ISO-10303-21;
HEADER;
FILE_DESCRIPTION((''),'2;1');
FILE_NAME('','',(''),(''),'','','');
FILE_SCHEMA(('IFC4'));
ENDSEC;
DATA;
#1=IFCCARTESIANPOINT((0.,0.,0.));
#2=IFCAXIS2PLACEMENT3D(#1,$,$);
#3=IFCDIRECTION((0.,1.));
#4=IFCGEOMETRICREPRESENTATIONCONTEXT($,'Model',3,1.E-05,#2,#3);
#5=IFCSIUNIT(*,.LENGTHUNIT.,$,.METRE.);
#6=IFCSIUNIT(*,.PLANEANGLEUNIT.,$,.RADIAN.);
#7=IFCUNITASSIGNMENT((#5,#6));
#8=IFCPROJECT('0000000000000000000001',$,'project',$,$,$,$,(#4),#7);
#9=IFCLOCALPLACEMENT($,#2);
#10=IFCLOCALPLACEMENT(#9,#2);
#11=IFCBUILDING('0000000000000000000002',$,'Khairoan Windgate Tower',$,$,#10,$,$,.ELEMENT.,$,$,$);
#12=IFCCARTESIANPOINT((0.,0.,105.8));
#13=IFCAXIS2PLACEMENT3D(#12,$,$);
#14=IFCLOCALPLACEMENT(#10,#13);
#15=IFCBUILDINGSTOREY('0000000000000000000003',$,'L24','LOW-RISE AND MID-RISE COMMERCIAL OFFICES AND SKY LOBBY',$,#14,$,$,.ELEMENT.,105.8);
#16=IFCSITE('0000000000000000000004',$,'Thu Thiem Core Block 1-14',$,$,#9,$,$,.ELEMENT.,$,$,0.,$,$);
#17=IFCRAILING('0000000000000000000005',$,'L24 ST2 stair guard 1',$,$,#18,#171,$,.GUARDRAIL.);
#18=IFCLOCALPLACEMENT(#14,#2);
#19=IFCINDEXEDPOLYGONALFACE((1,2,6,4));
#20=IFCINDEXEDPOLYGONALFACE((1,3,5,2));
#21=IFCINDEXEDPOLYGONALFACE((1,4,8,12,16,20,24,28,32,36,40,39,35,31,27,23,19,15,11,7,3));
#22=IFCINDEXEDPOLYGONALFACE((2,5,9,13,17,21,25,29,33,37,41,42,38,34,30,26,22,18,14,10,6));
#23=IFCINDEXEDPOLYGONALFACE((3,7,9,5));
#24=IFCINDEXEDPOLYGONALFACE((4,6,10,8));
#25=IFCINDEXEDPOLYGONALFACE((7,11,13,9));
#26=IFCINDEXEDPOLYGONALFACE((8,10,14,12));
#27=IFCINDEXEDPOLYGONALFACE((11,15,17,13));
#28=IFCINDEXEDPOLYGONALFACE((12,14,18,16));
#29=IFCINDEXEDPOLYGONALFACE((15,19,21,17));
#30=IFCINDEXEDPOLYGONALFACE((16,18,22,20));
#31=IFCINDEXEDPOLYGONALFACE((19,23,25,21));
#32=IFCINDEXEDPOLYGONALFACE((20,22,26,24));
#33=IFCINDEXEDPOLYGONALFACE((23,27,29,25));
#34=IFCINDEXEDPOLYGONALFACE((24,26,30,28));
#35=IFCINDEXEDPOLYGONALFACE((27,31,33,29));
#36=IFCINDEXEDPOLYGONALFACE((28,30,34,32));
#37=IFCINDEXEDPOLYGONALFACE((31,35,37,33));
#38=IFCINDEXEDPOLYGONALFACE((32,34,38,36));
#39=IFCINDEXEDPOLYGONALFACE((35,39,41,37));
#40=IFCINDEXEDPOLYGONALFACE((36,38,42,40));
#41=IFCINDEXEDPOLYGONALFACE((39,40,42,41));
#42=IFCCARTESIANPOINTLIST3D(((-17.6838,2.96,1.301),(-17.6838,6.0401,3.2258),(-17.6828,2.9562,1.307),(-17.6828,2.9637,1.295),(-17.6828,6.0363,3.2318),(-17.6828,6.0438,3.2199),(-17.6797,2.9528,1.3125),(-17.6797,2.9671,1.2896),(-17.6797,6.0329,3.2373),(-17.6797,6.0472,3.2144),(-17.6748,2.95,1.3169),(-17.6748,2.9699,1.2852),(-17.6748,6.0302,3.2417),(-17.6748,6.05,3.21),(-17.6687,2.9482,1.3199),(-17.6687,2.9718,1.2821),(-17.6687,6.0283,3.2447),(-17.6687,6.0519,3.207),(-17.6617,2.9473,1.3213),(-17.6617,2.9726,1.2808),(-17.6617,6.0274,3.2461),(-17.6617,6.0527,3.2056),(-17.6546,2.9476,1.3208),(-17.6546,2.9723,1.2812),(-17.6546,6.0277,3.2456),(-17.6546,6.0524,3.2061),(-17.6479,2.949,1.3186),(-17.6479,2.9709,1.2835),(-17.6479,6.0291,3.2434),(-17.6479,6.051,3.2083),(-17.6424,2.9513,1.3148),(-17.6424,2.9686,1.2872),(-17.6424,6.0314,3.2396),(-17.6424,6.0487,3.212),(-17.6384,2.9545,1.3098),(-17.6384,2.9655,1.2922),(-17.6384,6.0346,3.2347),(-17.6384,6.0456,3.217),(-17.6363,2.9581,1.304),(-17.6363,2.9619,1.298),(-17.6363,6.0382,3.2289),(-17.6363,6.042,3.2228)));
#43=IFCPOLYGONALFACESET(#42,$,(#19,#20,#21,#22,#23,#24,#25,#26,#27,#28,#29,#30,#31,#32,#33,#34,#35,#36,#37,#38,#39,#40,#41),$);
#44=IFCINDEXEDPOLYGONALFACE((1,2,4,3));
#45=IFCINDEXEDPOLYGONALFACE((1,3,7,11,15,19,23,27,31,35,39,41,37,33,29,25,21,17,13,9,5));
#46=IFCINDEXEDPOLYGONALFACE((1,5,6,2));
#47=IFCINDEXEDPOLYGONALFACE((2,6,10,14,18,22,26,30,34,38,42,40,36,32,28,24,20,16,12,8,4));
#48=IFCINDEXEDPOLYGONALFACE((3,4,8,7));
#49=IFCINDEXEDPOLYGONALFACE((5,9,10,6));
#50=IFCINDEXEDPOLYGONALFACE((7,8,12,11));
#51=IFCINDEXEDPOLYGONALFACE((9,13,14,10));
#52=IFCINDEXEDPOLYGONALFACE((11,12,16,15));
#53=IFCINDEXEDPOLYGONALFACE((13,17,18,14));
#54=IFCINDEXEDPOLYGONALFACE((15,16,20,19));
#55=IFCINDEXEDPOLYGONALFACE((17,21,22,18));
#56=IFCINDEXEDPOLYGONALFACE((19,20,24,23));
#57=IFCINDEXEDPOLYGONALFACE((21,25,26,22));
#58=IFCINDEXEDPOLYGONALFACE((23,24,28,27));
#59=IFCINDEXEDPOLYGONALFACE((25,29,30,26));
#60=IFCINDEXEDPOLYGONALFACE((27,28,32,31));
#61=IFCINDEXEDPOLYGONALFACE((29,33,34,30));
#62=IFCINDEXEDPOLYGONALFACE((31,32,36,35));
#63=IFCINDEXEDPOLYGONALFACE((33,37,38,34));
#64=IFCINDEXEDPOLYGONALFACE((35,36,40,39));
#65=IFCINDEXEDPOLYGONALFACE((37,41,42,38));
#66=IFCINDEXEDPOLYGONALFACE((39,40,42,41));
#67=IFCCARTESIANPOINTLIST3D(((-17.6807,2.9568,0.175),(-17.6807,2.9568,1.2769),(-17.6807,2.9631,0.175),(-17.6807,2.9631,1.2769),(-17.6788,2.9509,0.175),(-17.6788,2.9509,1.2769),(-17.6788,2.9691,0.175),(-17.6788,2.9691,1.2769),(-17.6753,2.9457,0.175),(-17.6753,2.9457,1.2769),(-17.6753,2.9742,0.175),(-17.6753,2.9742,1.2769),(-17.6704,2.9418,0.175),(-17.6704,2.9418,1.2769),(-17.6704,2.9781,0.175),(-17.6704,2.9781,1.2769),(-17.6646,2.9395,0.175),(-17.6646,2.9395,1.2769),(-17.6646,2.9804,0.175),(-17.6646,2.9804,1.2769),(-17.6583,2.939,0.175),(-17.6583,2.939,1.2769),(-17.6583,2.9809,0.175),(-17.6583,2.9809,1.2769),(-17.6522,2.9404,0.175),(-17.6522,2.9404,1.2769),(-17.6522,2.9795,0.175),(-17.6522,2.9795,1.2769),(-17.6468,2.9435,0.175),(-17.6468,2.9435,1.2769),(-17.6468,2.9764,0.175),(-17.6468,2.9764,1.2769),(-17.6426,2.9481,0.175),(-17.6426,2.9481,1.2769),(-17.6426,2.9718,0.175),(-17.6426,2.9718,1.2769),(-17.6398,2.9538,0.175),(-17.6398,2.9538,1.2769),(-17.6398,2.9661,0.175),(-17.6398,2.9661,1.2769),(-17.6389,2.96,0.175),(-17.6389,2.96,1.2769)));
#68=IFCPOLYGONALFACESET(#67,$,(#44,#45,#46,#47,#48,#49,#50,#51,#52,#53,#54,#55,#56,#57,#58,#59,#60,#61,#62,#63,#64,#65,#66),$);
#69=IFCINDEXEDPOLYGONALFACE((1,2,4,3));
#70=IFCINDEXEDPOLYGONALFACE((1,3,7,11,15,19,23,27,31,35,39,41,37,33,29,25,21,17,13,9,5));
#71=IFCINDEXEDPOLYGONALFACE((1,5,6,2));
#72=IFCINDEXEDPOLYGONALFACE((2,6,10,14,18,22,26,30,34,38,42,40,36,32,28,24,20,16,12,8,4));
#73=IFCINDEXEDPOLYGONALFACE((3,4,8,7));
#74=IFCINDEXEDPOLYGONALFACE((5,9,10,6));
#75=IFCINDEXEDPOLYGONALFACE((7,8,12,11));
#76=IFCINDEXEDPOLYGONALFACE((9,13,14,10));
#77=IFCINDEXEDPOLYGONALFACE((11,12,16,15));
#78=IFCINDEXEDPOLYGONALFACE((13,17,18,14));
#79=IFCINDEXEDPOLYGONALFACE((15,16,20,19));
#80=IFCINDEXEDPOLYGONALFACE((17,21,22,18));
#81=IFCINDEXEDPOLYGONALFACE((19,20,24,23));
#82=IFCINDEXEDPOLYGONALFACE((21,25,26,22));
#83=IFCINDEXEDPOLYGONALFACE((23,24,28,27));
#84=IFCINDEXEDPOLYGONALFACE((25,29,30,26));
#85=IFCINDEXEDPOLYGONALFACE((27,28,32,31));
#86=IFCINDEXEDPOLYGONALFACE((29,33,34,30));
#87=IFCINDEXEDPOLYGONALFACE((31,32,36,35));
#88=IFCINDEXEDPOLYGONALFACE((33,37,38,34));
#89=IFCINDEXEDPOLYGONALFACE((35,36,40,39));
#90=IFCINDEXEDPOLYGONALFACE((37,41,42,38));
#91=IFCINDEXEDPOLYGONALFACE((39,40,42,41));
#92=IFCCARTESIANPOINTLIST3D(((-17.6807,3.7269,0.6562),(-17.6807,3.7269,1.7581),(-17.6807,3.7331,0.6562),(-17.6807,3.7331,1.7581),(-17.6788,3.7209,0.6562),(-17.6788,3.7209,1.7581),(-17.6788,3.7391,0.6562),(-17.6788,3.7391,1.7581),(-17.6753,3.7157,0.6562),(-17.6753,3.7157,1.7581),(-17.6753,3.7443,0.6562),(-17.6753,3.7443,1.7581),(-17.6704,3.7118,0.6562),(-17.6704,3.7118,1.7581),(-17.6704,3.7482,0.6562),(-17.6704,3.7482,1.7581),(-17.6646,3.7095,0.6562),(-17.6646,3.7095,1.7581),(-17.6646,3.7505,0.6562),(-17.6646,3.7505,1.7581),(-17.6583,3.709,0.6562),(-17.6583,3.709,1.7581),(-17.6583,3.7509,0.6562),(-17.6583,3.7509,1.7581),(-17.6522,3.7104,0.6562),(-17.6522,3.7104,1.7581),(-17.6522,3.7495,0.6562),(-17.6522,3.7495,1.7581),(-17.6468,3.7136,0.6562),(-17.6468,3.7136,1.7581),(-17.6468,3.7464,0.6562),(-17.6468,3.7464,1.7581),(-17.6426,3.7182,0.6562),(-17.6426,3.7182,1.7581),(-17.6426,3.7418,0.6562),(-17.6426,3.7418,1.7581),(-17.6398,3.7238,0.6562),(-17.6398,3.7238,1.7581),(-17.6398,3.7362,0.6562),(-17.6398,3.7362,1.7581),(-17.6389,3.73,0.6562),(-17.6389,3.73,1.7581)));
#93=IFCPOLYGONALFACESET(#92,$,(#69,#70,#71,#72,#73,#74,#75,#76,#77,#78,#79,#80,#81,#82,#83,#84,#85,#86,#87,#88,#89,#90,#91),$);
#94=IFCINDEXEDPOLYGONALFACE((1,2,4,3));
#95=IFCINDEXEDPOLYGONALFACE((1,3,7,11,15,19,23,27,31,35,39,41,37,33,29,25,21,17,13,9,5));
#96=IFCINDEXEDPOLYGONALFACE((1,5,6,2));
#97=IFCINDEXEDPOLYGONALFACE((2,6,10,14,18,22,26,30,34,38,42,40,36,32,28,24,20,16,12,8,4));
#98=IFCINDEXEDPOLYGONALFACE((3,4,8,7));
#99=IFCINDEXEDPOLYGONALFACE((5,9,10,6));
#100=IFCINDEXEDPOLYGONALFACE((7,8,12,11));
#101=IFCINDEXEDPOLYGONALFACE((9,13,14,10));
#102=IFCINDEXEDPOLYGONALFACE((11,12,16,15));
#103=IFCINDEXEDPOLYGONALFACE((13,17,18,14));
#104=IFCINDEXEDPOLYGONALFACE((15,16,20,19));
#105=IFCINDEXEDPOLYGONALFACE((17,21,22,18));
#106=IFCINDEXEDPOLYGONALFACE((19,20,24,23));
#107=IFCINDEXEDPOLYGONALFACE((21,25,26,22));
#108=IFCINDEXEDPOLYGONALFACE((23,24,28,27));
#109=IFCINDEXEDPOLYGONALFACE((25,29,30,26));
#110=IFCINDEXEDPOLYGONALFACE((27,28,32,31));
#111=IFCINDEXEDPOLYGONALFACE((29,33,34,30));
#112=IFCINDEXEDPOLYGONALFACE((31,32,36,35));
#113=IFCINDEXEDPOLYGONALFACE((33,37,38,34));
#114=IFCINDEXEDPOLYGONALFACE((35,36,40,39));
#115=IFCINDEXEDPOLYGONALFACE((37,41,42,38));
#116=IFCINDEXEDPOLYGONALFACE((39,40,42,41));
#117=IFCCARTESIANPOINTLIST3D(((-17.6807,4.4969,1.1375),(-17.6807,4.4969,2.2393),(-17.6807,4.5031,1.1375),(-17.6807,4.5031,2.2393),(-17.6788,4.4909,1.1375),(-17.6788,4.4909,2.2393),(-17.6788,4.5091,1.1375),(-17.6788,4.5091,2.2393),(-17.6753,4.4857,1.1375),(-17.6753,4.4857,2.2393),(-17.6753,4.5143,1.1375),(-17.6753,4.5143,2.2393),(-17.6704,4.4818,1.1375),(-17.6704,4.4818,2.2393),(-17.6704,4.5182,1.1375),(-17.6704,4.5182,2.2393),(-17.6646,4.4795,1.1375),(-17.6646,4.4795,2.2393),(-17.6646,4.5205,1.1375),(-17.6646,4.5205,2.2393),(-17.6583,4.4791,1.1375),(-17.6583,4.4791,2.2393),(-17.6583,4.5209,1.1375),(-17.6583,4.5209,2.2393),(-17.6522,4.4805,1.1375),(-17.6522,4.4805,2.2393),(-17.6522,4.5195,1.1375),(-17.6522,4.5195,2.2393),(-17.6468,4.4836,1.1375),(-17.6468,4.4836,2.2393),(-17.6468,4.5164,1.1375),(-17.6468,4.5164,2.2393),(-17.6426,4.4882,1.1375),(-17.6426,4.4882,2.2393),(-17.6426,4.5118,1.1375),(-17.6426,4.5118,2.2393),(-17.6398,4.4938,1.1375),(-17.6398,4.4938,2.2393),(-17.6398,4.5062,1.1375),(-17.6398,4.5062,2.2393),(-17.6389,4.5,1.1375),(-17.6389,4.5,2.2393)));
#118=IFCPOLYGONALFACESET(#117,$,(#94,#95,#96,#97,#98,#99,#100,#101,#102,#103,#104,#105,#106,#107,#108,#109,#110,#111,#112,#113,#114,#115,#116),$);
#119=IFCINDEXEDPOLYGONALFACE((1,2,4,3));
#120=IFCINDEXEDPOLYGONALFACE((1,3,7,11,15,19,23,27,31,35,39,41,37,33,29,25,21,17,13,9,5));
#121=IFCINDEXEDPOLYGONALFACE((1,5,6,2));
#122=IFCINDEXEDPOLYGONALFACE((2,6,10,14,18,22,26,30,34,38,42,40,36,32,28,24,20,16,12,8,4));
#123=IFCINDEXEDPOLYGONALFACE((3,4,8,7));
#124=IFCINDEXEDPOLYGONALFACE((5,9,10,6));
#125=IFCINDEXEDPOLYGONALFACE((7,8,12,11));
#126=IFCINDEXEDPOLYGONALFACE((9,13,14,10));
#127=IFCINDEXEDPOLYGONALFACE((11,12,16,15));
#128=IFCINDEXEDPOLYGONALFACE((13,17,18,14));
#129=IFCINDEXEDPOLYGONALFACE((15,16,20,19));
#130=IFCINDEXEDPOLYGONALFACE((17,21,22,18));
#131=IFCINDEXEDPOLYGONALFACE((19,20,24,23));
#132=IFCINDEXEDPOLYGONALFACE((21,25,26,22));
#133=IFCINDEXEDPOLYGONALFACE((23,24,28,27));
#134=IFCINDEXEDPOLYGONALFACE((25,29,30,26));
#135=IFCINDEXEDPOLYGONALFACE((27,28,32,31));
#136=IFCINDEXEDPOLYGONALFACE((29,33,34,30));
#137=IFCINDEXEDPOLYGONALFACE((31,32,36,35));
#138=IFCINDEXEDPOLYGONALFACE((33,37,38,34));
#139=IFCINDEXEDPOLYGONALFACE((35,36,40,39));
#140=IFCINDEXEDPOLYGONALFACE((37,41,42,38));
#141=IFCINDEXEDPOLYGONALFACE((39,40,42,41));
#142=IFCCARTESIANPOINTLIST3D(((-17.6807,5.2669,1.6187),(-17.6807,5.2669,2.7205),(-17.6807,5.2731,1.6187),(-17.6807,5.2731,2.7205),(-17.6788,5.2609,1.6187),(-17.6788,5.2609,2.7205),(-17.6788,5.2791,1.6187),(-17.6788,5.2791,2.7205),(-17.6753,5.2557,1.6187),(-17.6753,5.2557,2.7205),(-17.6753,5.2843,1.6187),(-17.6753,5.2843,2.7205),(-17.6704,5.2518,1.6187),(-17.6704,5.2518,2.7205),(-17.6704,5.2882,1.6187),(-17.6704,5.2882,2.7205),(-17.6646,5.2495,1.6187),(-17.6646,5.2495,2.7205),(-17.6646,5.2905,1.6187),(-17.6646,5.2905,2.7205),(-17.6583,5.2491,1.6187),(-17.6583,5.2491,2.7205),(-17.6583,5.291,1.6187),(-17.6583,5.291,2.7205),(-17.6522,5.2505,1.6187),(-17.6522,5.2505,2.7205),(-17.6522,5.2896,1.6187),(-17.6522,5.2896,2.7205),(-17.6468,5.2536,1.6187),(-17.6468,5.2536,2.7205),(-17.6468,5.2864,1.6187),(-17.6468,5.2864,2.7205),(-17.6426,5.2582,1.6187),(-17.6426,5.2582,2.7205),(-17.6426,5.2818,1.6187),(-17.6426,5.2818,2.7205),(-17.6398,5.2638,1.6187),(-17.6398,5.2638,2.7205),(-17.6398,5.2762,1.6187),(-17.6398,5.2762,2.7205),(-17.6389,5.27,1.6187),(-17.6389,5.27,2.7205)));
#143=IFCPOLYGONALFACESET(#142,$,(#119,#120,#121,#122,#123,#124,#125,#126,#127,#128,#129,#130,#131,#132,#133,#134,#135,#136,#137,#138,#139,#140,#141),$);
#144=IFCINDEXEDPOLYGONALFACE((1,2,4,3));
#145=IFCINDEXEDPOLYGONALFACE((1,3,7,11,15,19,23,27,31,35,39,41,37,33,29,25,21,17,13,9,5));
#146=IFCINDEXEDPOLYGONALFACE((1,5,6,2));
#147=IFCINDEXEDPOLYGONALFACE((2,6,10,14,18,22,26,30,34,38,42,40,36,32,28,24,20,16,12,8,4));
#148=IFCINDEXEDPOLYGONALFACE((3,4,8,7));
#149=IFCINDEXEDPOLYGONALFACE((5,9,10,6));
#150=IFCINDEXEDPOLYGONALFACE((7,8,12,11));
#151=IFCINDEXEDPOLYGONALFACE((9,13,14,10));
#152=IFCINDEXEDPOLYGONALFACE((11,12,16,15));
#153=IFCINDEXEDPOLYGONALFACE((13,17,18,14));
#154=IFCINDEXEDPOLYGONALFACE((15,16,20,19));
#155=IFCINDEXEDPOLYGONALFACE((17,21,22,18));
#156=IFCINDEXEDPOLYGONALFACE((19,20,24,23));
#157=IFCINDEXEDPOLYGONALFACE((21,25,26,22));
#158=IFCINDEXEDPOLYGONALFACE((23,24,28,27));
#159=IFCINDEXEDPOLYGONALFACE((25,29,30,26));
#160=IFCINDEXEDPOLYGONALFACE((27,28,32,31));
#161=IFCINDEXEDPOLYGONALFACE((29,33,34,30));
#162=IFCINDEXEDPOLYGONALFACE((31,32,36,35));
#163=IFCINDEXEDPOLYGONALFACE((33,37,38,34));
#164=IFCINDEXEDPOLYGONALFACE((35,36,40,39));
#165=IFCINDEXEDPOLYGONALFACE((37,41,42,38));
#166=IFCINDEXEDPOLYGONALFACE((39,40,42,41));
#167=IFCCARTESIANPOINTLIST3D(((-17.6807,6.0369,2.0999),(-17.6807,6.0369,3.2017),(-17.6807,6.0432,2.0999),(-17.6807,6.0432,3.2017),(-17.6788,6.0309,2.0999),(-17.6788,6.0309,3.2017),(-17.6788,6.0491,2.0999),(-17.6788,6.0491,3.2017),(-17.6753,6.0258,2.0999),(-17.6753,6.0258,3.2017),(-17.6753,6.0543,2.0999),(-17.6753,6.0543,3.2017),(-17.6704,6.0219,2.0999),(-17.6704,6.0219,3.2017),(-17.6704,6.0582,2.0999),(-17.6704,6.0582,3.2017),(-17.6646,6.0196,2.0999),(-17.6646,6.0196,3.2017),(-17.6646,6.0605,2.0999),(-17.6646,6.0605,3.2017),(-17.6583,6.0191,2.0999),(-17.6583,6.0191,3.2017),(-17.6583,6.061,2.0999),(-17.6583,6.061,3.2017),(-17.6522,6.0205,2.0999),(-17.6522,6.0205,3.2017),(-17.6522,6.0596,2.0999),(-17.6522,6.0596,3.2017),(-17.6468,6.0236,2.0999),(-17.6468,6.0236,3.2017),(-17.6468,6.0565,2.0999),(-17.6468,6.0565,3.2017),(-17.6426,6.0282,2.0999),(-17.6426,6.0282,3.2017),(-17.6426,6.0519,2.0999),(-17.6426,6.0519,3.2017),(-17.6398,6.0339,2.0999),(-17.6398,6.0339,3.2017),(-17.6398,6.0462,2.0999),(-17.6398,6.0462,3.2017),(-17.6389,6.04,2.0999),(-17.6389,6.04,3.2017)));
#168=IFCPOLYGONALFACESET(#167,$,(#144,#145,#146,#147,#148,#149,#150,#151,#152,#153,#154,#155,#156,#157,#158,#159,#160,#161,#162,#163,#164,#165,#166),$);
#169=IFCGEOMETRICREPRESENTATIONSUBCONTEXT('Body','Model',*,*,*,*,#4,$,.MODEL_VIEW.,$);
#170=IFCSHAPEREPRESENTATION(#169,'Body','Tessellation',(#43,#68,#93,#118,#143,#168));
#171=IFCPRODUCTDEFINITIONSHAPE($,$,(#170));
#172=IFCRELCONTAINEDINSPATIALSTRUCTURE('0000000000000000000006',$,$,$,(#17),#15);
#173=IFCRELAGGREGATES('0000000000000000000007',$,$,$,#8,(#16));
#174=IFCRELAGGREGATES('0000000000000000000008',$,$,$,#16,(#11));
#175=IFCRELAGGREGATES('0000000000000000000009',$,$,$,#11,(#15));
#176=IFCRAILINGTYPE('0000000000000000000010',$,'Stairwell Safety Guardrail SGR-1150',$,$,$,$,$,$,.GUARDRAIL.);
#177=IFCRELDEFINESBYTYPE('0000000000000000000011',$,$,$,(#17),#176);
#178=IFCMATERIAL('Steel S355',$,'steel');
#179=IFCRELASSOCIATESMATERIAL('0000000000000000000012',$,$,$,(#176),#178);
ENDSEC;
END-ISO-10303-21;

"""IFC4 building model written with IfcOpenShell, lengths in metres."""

from ifc_helpers import new_model, si_unit, direction, frame, origin, origin_2d, place, context, subcontext, project, spatial, circle, extrude, material, type_object, element, save


model = new_model("IFC4")

# Units and contexts
model_context = context("Model", 3, precision=1e-05, world=origin(), true_north=direction((0.0, 1.0)))
body_context = subcontext(model_context, "Body", "Model", "MODEL_VIEW")
ifc_project = project(units=[si_unit("LENGTHUNIT", "METRE"), si_unit("PLANEANGLEUNIT", "RADIAN")], contexts=[model_context])

# Site, building, storey
site_placement = place(None, origin())
site = spatial("IfcSite", under=ifc_project, at=site_placement, Name="Thu Thiem Core Block 1-14", CompositionType="ELEMENT", RefElevation=0.0)
building_placement = place(site_placement, origin())
building = spatial("IfcBuilding", under=site, at=building_placement, Name="Khairoan Windgate Tower", CompositionType="ELEMENT")
storey_placement = place(building_placement, frame((0.0, 0.0, 105.8)))
storey = spatial("IfcBuildingStorey", under=building, at=storey_placement, Name="L24", Description="LOW-RISE AND MID-RISE COMMERCIAL OFFICES AND SKY LOBBY", CompositionType="ELEMENT", Elevation=105.8)

# Railing
ifc_material_1 = material(Name="Steel S355", Category="steel")
railing_type_1 = type_object("IfcRailingType", Name="Stairwell Safety Guardrail SGR-1150", PredefinedType="GUARDRAIL", material=ifc_material_1)
railing_1_placement = place(storey_placement, frame((-17.6599, 2.96, 0.175)))
element("IfcRailing", 1, at=railing_1_placement, inside=storey, type_object=railing_type_1, Name="L24 ST2 stair guard 1", PredefinedType="GUARDRAIL", context=body_context, shape_type="SweptSolid", body=[
    extrude(circle(Radius=0.0239, at=origin_2d()), frame((0.0, 0.0, 1.126), z_axis=(0.0, 0.848029, 0.529951), x_axis=(-1.0, 0.0, 0.0)), (0.0, 0.0, 1.0), 3.6321),
    extrude(circle(Radius=0.021, at=origin_2d()), origin(), (0.0, 0.0, 1.0), 1.1018),
    extrude(circle(Radius=0.021, at=origin_2d()), frame((0.0, 0.77, 0.4812)), (0.0, 0.0, 1.0), 1.1018),
    extrude(circle(Radius=0.021, at=origin_2d()), frame((0.0, 1.54, 0.9624)), (0.0, 0.0, 1.0), 1.1018),
    extrude(circle(Radius=0.021, at=origin_2d()), frame((0.0, 2.3101, 1.4436)), (0.0, 0.0, 1.0), 1.1018),
    extrude(circle(Radius=0.021, at=origin_2d()), frame((0.0, 3.0801, 1.9248)), (0.0, 0.0, 1.0), 1.1018),
])

save(model, "model.ifc")
